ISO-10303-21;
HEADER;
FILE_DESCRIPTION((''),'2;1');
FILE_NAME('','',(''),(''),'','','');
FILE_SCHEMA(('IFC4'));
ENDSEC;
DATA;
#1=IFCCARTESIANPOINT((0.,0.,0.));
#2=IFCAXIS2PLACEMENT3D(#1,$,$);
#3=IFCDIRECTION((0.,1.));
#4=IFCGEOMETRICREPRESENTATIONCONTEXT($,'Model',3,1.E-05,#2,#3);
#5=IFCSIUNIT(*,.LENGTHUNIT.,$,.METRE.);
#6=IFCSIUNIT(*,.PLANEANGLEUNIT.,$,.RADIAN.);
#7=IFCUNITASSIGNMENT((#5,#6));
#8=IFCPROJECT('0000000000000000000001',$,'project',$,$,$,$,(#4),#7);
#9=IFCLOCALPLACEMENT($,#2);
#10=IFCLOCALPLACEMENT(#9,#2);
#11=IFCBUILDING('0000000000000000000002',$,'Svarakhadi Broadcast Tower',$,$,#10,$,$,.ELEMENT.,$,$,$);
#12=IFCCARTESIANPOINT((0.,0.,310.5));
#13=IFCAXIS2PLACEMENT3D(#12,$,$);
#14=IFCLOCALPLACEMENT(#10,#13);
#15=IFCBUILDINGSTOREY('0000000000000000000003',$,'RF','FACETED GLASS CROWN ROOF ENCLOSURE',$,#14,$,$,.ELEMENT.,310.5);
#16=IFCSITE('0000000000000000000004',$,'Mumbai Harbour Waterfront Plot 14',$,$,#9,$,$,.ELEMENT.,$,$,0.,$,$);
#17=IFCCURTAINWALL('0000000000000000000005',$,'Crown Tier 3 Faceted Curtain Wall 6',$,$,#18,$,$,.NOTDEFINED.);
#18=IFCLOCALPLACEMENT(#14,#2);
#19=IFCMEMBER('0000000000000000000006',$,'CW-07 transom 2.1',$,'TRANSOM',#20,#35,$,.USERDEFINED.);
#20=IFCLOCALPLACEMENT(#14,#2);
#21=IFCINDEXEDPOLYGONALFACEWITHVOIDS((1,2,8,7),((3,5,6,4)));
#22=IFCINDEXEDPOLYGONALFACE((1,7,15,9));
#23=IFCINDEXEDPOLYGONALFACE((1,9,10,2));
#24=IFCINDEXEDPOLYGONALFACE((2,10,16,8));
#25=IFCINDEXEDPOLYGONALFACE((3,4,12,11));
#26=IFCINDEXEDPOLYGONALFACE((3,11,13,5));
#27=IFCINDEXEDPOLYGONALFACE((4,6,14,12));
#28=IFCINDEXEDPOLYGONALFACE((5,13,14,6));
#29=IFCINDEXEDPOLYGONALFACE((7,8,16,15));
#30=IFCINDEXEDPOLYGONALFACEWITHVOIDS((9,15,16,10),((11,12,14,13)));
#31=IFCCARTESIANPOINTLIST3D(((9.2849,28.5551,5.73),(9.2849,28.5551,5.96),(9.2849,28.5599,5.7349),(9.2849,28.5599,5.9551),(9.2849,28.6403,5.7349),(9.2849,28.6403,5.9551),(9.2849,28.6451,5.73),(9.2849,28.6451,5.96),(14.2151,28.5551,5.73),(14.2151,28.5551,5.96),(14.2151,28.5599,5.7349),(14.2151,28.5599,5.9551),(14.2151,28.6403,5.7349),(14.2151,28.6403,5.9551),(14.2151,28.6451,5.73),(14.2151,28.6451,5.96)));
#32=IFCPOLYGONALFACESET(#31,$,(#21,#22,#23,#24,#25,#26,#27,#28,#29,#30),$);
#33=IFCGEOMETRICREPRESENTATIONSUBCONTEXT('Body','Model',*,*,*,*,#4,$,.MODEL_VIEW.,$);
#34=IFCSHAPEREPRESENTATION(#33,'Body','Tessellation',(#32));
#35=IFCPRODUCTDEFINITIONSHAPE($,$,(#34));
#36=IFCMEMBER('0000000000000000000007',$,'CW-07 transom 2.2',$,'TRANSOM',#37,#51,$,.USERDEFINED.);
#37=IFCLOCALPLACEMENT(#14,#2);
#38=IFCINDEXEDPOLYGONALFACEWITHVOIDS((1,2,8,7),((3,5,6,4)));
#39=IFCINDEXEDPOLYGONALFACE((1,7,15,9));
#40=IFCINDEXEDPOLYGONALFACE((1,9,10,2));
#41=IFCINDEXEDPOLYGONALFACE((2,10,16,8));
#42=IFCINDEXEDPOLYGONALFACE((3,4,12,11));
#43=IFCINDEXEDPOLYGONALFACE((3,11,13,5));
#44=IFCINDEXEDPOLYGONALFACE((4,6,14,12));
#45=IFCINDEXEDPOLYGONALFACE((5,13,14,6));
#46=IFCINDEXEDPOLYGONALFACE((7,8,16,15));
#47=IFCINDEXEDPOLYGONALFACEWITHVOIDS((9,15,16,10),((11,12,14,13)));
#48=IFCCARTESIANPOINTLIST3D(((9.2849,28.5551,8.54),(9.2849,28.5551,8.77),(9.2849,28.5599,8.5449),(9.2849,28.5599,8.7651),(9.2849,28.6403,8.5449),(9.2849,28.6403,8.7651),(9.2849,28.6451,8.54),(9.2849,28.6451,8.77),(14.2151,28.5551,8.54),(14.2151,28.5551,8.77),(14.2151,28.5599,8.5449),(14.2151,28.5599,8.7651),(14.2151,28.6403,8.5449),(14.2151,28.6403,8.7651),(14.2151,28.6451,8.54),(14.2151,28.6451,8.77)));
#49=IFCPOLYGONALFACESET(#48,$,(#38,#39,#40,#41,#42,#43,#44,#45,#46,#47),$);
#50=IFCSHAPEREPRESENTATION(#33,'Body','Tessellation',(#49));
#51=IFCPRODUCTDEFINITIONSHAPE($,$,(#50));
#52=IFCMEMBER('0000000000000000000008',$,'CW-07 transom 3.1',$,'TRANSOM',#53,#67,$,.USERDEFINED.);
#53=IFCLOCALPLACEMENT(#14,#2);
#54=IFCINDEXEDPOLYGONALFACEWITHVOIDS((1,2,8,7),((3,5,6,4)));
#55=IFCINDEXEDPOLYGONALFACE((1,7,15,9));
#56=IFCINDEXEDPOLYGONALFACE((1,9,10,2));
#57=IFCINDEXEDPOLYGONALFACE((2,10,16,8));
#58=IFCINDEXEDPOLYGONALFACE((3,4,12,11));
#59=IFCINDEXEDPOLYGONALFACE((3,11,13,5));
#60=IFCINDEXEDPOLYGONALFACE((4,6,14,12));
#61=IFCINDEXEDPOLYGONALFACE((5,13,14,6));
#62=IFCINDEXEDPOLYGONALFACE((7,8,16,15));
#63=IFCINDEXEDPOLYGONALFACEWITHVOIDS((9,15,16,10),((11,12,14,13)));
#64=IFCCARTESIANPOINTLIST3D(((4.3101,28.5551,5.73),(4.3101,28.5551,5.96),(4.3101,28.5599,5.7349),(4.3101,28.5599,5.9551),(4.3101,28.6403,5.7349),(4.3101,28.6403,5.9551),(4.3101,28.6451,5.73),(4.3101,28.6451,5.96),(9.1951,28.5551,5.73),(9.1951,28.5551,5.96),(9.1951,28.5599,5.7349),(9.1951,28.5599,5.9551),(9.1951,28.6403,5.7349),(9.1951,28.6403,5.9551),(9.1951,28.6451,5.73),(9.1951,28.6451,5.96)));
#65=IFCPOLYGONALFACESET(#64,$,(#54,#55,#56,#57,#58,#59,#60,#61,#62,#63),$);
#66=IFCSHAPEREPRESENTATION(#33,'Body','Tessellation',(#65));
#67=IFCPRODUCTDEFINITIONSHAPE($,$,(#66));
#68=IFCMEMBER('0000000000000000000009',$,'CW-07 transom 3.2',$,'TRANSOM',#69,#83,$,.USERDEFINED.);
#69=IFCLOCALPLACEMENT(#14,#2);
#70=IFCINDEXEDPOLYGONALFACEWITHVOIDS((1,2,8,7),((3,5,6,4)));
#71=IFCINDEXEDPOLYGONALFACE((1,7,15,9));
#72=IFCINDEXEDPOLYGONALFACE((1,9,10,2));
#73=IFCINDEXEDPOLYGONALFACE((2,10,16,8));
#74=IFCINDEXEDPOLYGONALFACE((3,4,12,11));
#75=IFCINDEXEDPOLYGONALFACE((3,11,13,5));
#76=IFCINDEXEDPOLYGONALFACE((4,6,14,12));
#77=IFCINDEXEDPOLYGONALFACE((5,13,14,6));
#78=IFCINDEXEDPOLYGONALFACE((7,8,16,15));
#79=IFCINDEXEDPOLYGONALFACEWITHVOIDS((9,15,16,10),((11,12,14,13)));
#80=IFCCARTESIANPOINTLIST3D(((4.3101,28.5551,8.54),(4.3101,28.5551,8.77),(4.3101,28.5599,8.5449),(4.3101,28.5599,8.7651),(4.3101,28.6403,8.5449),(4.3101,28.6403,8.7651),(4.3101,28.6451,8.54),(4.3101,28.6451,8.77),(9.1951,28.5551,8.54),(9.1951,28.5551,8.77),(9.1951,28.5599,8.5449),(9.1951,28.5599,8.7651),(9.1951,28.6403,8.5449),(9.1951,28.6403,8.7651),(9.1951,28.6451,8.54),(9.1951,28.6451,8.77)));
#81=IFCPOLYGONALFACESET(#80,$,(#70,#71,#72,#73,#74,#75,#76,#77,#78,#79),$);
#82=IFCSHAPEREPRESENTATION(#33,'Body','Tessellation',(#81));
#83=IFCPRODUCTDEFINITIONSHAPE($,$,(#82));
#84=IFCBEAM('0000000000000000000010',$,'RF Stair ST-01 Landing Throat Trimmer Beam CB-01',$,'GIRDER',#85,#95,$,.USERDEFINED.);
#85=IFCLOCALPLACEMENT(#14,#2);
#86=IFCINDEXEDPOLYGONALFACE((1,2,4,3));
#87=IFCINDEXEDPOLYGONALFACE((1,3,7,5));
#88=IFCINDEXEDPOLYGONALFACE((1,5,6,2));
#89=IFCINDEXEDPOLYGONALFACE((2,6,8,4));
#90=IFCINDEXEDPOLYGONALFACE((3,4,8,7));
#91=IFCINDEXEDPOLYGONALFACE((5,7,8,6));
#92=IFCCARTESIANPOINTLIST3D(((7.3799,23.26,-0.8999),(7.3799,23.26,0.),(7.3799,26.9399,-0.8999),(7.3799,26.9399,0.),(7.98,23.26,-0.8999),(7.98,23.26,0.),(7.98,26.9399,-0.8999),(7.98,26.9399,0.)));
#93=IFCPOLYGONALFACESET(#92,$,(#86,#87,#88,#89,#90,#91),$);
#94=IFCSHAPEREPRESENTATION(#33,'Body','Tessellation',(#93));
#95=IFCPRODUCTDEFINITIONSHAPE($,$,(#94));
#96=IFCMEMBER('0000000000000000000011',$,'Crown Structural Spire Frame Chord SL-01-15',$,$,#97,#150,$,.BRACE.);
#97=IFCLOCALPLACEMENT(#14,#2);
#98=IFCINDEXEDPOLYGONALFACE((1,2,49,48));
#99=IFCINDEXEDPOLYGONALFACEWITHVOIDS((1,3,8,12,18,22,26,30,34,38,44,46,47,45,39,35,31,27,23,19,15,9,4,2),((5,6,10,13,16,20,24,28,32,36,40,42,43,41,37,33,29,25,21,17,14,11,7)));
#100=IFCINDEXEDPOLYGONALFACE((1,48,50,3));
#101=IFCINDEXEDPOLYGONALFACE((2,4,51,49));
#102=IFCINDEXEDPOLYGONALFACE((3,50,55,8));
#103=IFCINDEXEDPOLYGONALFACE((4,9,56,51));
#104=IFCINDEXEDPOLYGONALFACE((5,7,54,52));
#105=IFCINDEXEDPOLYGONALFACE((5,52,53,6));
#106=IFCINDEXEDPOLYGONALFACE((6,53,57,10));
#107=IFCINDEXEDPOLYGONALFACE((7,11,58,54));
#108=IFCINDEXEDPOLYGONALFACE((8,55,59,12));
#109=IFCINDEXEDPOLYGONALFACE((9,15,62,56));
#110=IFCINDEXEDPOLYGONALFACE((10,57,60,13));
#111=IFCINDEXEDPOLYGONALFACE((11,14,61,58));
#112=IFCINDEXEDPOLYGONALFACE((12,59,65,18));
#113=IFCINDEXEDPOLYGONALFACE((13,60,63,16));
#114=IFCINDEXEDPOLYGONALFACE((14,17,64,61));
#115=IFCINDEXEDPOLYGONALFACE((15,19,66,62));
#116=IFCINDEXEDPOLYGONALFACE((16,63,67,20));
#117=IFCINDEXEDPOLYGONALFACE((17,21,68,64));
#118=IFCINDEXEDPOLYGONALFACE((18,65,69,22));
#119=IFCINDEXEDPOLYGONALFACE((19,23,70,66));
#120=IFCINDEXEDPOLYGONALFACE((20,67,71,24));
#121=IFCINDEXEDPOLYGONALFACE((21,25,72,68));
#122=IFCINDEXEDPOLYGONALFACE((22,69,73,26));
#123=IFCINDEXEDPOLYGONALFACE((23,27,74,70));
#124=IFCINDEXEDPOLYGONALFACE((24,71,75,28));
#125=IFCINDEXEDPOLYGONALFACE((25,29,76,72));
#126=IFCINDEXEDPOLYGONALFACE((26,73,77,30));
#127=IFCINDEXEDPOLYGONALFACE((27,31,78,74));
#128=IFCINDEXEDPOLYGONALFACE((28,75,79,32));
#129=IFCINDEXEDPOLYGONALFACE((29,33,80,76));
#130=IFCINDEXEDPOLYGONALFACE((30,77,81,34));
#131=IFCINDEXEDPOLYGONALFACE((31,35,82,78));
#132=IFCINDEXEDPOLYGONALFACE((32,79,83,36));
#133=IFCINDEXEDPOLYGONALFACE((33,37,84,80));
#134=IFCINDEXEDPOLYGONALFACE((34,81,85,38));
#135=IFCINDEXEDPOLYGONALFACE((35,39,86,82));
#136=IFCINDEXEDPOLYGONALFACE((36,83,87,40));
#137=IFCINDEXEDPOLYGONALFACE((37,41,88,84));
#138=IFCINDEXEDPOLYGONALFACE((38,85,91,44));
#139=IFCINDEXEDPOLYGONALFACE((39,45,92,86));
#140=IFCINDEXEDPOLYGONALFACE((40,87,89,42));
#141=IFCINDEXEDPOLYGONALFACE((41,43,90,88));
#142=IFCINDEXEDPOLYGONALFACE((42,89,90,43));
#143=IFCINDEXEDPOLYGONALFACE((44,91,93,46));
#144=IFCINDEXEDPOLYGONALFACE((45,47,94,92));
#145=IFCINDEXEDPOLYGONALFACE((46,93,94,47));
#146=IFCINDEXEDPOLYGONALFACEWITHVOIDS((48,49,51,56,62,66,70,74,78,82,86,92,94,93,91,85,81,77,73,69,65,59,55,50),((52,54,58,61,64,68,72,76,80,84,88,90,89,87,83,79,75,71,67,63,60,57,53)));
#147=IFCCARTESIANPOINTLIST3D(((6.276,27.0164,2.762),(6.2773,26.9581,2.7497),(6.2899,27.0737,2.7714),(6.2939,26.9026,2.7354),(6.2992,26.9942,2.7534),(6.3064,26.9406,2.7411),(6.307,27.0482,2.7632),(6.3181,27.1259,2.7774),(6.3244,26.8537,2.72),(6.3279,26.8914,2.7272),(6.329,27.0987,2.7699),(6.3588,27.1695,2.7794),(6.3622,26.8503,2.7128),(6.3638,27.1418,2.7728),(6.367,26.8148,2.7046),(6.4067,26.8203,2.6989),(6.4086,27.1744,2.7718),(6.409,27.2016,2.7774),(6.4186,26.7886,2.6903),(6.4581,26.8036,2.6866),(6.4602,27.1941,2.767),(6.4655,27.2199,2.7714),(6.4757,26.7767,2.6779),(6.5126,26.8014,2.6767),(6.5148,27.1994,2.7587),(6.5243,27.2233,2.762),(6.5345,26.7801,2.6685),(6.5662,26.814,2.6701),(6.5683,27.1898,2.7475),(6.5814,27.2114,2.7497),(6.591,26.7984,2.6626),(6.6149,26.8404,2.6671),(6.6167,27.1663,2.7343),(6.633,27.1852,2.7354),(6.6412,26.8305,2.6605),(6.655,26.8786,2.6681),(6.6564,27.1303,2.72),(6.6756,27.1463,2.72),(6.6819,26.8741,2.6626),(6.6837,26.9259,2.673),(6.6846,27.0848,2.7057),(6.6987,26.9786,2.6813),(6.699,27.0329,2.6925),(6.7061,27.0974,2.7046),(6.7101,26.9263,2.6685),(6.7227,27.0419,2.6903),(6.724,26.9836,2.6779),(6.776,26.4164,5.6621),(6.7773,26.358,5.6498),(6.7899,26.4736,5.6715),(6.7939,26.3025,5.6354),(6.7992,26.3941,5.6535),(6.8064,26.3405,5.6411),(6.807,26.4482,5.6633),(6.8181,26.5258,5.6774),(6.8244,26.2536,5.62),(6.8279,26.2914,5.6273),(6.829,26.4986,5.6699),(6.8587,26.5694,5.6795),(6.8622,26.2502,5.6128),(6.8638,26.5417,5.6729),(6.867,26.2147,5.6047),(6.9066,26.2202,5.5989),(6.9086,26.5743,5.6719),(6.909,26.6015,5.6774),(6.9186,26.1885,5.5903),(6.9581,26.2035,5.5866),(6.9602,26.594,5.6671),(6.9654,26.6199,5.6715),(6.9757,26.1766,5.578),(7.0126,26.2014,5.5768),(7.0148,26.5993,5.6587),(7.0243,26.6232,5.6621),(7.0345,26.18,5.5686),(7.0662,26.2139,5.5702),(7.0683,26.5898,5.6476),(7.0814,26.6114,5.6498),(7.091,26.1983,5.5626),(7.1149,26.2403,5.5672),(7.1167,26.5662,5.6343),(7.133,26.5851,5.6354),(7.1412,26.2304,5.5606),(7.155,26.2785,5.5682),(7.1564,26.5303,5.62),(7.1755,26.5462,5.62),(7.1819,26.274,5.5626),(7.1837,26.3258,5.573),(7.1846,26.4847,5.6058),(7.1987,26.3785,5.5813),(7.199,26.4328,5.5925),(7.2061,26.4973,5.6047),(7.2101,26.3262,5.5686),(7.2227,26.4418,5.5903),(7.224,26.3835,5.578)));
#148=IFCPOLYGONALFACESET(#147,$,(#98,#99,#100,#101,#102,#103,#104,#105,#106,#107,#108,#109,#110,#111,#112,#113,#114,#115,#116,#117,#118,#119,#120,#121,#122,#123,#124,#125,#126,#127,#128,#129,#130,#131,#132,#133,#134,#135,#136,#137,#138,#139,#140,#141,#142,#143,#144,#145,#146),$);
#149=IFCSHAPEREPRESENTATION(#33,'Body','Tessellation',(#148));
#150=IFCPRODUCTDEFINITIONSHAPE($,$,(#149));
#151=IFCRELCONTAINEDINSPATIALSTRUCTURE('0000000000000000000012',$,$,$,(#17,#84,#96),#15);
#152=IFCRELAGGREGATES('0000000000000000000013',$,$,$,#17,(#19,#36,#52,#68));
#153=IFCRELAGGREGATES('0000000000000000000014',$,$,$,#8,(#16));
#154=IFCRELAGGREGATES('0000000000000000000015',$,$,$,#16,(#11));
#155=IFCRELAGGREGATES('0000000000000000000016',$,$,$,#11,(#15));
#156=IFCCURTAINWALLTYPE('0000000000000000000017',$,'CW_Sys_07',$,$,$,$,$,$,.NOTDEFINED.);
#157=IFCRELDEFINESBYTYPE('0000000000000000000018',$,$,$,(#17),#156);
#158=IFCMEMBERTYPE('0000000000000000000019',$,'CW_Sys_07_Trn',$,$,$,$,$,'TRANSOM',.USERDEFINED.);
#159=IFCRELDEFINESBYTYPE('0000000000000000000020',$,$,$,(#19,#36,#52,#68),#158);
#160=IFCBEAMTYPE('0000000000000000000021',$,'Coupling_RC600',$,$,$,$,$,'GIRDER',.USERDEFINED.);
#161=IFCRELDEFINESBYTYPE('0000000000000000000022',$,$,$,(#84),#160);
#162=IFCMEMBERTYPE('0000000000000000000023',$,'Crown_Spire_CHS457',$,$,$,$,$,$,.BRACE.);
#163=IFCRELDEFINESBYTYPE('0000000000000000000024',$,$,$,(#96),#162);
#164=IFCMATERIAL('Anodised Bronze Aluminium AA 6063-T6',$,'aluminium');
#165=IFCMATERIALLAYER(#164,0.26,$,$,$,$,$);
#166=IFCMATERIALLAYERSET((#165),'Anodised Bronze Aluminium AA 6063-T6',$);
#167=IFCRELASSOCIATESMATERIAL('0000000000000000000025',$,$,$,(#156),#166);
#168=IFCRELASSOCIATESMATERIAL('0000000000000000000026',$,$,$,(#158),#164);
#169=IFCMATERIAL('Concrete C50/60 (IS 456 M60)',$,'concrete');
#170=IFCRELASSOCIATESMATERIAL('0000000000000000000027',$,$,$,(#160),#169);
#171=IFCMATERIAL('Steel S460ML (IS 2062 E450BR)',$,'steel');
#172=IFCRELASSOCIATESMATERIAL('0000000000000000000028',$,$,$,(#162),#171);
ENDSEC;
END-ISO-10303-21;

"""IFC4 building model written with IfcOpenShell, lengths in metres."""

from ifc_helpers import new_model, si_unit, direction, frame, origin, origin_2d, place, context, subcontext, project, spatial, rectangle, hollow_rectangle, hollow_circle, extrude, material, layer, layer_set, material_profile, profile_set, type_object, element, aggregate, save


model = new_model("IFC4")

# Units and contexts
model_context = context("Model", 3, precision=1e-05, world=origin(), true_north=direction((0.0, 1.0)))
body_context = subcontext(model_context, "Body", "Model", "MODEL_VIEW")
ifc_project = project(units=[si_unit("LENGTHUNIT", "METRE"), si_unit("PLANEANGLEUNIT", "RADIAN")], contexts=[model_context])

# Site, building, storey
site_placement = place(None, origin())
site = spatial("IfcSite", under=ifc_project, at=site_placement, Name="Mumbai Harbour Waterfront Plot 14", CompositionType="ELEMENT", RefElevation=0.0)
building_placement = place(site_placement, origin())
building = spatial("IfcBuilding", under=site, at=building_placement, Name="Svarakhadi Broadcast Tower", CompositionType="ELEMENT")
storey_placement = place(building_placement, frame((0.0, 0.0, 310.5)))
storey = spatial("IfcBuildingStorey", under=building, at=storey_placement, Name="RF", Description="FACETED GLASS CROWN ROOF ENCLOSURE", CompositionType="ELEMENT", Elevation=310.5)

# Shared definitions
ifc_material_1 = material(Name="Anodised Bronze Aluminium AA 6063-T6", Category="aluminium")
ifc_layer_1 = layer(ifc_material_1, 0.26)
ifc_layer_set_1 = layer_set([ifc_layer_1], Name="Anodised Bronze Aluminium AA 6063-T6")
curtain_wall_type = type_object("IfcCurtainWallType", Name="CW_Sys_07", PredefinedType="NOTDEFINED", material=ifc_layer_set_1)

# Curtain wall
curtain_wall_1_placement = place(storey_placement, origin())
curtain_wall_1 = element("IfcCurtainWall", 1, at=curtain_wall_1_placement, inside=storey, type_object=curtain_wall_type, Name="Crown Tier 3 Faceted Curtain Wall 6", PredefinedType="NOTDEFINED")

# Members
ifc_material_profile_1 = material_profile(ifc_material_1, hollow_rectangle(XDim=0.0901, YDim=0.23, WallThickness=0.0049, at=origin_2d()), Name="ALU TRANSOM 230x90x5")
ifc_profile_set_1 = profile_set([ifc_material_profile_1], Name="Anodised Bronze Aluminium AA 6063-T6")
member_type_1 = type_object("IfcMemberType", Name="CW_Sys_07_Trn", ElementType="TRANSOM", PredefinedType="USERDEFINED", material=ifc_profile_set_1)
member_1_placement = place(storey_placement, frame((14.2151, 28.6001, 5.845), z_axis=(-1.0, 0.0, 0.0), x_axis=(0.0, -1.0, 0.0)))
member_1 = element("IfcMember", 2, at=member_1_placement, type_object=member_type_1, Name="CW-07 transom 2.1", ObjectType="TRANSOM", PredefinedType="USERDEFINED", context=body_context, shape_type="SweptSolid", body=[
    extrude(hollow_rectangle(XDim=0.0901, YDim=0.23, WallThickness=0.0049, at=origin_2d()), origin(), (0.0, 0.0, 1.0), 4.9302),
])
member_2_placement = place(storey_placement, frame((14.2151, 28.6001, 8.655), z_axis=(-1.0, 0.0, 0.0), x_axis=(0.0, -1.0, 0.0)))
member_2 = element("IfcMember", 3, at=member_2_placement, type_object=member_type_1, Name="CW-07 transom 2.2", ObjectType="TRANSOM", PredefinedType="USERDEFINED", context=body_context, shape_type="SweptSolid", body=[
    extrude(hollow_rectangle(XDim=0.0901, YDim=0.23, WallThickness=0.0049, at=origin_2d()), origin(), (0.0, 0.0, 1.0), 4.9302),
])
member_3_placement = place(storey_placement, frame((9.1951, 28.6001, 5.845), z_axis=(-1.0, 0.0, 0.0), x_axis=(0.0, -1.0, 0.0)))
member_3 = element("IfcMember", 4, at=member_3_placement, type_object=member_type_1, Name="CW-07 transom 3.1", ObjectType="TRANSOM", PredefinedType="USERDEFINED", context=body_context, shape_type="SweptSolid", body=[
    extrude(hollow_rectangle(XDim=0.0901, YDim=0.23, WallThickness=0.0049, at=origin_2d()), origin(), (0.0, 0.0, 1.0), 4.885),
])
member_4_placement = place(storey_placement, frame((9.1951, 28.6001, 8.655), z_axis=(-1.0, 0.0, 0.0), x_axis=(0.0, -1.0, 0.0)))
member_4 = element("IfcMember", 5, at=member_4_placement, type_object=member_type_1, Name="CW-07 transom 3.2", ObjectType="TRANSOM", PredefinedType="USERDEFINED", context=body_context, shape_type="SweptSolid", body=[
    extrude(hollow_rectangle(XDim=0.0901, YDim=0.23, WallThickness=0.0049, at=origin_2d()), origin(), (0.0, 0.0, 1.0), 4.885),
])

# Beam
ifc_material_2 = material(Name="Concrete C50/60 (IS 456 M60)", Category="concrete")
ifc_material_profile_2 = material_profile(ifc_material_2, rectangle(XDim=0.6001, YDim=0.8999, at=origin_2d()), Name="RC 600x900")
ifc_profile_set_2 = profile_set([ifc_material_profile_2], Name="Concrete C50/60 (IS 456 M60)")
beam_type_1 = type_object("IfcBeamType", Name="Coupling_RC600", ElementType="GIRDER", PredefinedType="USERDEFINED", material=ifc_profile_set_2)
beam_1_placement = place(storey_placement, frame((7.6799, 23.26, -0.45), z_axis=(0.0, 1.0, 0.0), x_axis=(-1.0, 0.0, 0.0)))
element("IfcBeam", 6, at=beam_1_placement, inside=storey, type_object=beam_type_1, Name="RF Stair ST-01 Landing Throat Trimmer Beam CB-01", ObjectType="GIRDER", PredefinedType="USERDEFINED", context=body_context, shape_type="SweptSolid", body=[
    extrude(rectangle(XDim=0.6001, YDim=0.8999, at=origin_2d()), origin(), (0.0, 0.0, 1.0), 3.6799),
])

# Member
ifc_material_3 = material(Name="Steel S460ML (IS 2062 E450BR)", Category="steel")
ifc_material_profile_3 = material_profile(ifc_material_3, hollow_circle(Radius=0.2285, WallThickness=0.0249, at=origin_2d()), Name="CHS 457x25")
ifc_profile_set_3 = profile_set([ifc_material_profile_3], Name="Steel S460ML (IS 2062 E450BR)")
member_type_2 = type_object("IfcMemberType", Name="Crown_Spire_CHS457", PredefinedType="BRACE", material=ifc_profile_set_3)
member_5_placement = place(storey_placement, frame((6.5, 27.0, 2.72), z_axis=(0.166473, -0.1998, 0.965591), x_axis=(0.768273, 0.640123, 0.0)))
element("IfcMember", 7, at=member_5_placement, inside=storey, type_object=member_type_2, Name="Crown Structural Spire Frame Chord SL-01-15", PredefinedType="BRACE", context=body_context, shape_type="SweptSolid", body=[
    extrude(hollow_circle(Radius=0.2285, WallThickness=0.0249, at=origin_2d()), origin(), (0.0, 0.0, 1.0), 3.0034),
])

aggregate(curtain_wall_1, [member_1, member_2, member_3, member_4])

save(model, "model.ifc")
